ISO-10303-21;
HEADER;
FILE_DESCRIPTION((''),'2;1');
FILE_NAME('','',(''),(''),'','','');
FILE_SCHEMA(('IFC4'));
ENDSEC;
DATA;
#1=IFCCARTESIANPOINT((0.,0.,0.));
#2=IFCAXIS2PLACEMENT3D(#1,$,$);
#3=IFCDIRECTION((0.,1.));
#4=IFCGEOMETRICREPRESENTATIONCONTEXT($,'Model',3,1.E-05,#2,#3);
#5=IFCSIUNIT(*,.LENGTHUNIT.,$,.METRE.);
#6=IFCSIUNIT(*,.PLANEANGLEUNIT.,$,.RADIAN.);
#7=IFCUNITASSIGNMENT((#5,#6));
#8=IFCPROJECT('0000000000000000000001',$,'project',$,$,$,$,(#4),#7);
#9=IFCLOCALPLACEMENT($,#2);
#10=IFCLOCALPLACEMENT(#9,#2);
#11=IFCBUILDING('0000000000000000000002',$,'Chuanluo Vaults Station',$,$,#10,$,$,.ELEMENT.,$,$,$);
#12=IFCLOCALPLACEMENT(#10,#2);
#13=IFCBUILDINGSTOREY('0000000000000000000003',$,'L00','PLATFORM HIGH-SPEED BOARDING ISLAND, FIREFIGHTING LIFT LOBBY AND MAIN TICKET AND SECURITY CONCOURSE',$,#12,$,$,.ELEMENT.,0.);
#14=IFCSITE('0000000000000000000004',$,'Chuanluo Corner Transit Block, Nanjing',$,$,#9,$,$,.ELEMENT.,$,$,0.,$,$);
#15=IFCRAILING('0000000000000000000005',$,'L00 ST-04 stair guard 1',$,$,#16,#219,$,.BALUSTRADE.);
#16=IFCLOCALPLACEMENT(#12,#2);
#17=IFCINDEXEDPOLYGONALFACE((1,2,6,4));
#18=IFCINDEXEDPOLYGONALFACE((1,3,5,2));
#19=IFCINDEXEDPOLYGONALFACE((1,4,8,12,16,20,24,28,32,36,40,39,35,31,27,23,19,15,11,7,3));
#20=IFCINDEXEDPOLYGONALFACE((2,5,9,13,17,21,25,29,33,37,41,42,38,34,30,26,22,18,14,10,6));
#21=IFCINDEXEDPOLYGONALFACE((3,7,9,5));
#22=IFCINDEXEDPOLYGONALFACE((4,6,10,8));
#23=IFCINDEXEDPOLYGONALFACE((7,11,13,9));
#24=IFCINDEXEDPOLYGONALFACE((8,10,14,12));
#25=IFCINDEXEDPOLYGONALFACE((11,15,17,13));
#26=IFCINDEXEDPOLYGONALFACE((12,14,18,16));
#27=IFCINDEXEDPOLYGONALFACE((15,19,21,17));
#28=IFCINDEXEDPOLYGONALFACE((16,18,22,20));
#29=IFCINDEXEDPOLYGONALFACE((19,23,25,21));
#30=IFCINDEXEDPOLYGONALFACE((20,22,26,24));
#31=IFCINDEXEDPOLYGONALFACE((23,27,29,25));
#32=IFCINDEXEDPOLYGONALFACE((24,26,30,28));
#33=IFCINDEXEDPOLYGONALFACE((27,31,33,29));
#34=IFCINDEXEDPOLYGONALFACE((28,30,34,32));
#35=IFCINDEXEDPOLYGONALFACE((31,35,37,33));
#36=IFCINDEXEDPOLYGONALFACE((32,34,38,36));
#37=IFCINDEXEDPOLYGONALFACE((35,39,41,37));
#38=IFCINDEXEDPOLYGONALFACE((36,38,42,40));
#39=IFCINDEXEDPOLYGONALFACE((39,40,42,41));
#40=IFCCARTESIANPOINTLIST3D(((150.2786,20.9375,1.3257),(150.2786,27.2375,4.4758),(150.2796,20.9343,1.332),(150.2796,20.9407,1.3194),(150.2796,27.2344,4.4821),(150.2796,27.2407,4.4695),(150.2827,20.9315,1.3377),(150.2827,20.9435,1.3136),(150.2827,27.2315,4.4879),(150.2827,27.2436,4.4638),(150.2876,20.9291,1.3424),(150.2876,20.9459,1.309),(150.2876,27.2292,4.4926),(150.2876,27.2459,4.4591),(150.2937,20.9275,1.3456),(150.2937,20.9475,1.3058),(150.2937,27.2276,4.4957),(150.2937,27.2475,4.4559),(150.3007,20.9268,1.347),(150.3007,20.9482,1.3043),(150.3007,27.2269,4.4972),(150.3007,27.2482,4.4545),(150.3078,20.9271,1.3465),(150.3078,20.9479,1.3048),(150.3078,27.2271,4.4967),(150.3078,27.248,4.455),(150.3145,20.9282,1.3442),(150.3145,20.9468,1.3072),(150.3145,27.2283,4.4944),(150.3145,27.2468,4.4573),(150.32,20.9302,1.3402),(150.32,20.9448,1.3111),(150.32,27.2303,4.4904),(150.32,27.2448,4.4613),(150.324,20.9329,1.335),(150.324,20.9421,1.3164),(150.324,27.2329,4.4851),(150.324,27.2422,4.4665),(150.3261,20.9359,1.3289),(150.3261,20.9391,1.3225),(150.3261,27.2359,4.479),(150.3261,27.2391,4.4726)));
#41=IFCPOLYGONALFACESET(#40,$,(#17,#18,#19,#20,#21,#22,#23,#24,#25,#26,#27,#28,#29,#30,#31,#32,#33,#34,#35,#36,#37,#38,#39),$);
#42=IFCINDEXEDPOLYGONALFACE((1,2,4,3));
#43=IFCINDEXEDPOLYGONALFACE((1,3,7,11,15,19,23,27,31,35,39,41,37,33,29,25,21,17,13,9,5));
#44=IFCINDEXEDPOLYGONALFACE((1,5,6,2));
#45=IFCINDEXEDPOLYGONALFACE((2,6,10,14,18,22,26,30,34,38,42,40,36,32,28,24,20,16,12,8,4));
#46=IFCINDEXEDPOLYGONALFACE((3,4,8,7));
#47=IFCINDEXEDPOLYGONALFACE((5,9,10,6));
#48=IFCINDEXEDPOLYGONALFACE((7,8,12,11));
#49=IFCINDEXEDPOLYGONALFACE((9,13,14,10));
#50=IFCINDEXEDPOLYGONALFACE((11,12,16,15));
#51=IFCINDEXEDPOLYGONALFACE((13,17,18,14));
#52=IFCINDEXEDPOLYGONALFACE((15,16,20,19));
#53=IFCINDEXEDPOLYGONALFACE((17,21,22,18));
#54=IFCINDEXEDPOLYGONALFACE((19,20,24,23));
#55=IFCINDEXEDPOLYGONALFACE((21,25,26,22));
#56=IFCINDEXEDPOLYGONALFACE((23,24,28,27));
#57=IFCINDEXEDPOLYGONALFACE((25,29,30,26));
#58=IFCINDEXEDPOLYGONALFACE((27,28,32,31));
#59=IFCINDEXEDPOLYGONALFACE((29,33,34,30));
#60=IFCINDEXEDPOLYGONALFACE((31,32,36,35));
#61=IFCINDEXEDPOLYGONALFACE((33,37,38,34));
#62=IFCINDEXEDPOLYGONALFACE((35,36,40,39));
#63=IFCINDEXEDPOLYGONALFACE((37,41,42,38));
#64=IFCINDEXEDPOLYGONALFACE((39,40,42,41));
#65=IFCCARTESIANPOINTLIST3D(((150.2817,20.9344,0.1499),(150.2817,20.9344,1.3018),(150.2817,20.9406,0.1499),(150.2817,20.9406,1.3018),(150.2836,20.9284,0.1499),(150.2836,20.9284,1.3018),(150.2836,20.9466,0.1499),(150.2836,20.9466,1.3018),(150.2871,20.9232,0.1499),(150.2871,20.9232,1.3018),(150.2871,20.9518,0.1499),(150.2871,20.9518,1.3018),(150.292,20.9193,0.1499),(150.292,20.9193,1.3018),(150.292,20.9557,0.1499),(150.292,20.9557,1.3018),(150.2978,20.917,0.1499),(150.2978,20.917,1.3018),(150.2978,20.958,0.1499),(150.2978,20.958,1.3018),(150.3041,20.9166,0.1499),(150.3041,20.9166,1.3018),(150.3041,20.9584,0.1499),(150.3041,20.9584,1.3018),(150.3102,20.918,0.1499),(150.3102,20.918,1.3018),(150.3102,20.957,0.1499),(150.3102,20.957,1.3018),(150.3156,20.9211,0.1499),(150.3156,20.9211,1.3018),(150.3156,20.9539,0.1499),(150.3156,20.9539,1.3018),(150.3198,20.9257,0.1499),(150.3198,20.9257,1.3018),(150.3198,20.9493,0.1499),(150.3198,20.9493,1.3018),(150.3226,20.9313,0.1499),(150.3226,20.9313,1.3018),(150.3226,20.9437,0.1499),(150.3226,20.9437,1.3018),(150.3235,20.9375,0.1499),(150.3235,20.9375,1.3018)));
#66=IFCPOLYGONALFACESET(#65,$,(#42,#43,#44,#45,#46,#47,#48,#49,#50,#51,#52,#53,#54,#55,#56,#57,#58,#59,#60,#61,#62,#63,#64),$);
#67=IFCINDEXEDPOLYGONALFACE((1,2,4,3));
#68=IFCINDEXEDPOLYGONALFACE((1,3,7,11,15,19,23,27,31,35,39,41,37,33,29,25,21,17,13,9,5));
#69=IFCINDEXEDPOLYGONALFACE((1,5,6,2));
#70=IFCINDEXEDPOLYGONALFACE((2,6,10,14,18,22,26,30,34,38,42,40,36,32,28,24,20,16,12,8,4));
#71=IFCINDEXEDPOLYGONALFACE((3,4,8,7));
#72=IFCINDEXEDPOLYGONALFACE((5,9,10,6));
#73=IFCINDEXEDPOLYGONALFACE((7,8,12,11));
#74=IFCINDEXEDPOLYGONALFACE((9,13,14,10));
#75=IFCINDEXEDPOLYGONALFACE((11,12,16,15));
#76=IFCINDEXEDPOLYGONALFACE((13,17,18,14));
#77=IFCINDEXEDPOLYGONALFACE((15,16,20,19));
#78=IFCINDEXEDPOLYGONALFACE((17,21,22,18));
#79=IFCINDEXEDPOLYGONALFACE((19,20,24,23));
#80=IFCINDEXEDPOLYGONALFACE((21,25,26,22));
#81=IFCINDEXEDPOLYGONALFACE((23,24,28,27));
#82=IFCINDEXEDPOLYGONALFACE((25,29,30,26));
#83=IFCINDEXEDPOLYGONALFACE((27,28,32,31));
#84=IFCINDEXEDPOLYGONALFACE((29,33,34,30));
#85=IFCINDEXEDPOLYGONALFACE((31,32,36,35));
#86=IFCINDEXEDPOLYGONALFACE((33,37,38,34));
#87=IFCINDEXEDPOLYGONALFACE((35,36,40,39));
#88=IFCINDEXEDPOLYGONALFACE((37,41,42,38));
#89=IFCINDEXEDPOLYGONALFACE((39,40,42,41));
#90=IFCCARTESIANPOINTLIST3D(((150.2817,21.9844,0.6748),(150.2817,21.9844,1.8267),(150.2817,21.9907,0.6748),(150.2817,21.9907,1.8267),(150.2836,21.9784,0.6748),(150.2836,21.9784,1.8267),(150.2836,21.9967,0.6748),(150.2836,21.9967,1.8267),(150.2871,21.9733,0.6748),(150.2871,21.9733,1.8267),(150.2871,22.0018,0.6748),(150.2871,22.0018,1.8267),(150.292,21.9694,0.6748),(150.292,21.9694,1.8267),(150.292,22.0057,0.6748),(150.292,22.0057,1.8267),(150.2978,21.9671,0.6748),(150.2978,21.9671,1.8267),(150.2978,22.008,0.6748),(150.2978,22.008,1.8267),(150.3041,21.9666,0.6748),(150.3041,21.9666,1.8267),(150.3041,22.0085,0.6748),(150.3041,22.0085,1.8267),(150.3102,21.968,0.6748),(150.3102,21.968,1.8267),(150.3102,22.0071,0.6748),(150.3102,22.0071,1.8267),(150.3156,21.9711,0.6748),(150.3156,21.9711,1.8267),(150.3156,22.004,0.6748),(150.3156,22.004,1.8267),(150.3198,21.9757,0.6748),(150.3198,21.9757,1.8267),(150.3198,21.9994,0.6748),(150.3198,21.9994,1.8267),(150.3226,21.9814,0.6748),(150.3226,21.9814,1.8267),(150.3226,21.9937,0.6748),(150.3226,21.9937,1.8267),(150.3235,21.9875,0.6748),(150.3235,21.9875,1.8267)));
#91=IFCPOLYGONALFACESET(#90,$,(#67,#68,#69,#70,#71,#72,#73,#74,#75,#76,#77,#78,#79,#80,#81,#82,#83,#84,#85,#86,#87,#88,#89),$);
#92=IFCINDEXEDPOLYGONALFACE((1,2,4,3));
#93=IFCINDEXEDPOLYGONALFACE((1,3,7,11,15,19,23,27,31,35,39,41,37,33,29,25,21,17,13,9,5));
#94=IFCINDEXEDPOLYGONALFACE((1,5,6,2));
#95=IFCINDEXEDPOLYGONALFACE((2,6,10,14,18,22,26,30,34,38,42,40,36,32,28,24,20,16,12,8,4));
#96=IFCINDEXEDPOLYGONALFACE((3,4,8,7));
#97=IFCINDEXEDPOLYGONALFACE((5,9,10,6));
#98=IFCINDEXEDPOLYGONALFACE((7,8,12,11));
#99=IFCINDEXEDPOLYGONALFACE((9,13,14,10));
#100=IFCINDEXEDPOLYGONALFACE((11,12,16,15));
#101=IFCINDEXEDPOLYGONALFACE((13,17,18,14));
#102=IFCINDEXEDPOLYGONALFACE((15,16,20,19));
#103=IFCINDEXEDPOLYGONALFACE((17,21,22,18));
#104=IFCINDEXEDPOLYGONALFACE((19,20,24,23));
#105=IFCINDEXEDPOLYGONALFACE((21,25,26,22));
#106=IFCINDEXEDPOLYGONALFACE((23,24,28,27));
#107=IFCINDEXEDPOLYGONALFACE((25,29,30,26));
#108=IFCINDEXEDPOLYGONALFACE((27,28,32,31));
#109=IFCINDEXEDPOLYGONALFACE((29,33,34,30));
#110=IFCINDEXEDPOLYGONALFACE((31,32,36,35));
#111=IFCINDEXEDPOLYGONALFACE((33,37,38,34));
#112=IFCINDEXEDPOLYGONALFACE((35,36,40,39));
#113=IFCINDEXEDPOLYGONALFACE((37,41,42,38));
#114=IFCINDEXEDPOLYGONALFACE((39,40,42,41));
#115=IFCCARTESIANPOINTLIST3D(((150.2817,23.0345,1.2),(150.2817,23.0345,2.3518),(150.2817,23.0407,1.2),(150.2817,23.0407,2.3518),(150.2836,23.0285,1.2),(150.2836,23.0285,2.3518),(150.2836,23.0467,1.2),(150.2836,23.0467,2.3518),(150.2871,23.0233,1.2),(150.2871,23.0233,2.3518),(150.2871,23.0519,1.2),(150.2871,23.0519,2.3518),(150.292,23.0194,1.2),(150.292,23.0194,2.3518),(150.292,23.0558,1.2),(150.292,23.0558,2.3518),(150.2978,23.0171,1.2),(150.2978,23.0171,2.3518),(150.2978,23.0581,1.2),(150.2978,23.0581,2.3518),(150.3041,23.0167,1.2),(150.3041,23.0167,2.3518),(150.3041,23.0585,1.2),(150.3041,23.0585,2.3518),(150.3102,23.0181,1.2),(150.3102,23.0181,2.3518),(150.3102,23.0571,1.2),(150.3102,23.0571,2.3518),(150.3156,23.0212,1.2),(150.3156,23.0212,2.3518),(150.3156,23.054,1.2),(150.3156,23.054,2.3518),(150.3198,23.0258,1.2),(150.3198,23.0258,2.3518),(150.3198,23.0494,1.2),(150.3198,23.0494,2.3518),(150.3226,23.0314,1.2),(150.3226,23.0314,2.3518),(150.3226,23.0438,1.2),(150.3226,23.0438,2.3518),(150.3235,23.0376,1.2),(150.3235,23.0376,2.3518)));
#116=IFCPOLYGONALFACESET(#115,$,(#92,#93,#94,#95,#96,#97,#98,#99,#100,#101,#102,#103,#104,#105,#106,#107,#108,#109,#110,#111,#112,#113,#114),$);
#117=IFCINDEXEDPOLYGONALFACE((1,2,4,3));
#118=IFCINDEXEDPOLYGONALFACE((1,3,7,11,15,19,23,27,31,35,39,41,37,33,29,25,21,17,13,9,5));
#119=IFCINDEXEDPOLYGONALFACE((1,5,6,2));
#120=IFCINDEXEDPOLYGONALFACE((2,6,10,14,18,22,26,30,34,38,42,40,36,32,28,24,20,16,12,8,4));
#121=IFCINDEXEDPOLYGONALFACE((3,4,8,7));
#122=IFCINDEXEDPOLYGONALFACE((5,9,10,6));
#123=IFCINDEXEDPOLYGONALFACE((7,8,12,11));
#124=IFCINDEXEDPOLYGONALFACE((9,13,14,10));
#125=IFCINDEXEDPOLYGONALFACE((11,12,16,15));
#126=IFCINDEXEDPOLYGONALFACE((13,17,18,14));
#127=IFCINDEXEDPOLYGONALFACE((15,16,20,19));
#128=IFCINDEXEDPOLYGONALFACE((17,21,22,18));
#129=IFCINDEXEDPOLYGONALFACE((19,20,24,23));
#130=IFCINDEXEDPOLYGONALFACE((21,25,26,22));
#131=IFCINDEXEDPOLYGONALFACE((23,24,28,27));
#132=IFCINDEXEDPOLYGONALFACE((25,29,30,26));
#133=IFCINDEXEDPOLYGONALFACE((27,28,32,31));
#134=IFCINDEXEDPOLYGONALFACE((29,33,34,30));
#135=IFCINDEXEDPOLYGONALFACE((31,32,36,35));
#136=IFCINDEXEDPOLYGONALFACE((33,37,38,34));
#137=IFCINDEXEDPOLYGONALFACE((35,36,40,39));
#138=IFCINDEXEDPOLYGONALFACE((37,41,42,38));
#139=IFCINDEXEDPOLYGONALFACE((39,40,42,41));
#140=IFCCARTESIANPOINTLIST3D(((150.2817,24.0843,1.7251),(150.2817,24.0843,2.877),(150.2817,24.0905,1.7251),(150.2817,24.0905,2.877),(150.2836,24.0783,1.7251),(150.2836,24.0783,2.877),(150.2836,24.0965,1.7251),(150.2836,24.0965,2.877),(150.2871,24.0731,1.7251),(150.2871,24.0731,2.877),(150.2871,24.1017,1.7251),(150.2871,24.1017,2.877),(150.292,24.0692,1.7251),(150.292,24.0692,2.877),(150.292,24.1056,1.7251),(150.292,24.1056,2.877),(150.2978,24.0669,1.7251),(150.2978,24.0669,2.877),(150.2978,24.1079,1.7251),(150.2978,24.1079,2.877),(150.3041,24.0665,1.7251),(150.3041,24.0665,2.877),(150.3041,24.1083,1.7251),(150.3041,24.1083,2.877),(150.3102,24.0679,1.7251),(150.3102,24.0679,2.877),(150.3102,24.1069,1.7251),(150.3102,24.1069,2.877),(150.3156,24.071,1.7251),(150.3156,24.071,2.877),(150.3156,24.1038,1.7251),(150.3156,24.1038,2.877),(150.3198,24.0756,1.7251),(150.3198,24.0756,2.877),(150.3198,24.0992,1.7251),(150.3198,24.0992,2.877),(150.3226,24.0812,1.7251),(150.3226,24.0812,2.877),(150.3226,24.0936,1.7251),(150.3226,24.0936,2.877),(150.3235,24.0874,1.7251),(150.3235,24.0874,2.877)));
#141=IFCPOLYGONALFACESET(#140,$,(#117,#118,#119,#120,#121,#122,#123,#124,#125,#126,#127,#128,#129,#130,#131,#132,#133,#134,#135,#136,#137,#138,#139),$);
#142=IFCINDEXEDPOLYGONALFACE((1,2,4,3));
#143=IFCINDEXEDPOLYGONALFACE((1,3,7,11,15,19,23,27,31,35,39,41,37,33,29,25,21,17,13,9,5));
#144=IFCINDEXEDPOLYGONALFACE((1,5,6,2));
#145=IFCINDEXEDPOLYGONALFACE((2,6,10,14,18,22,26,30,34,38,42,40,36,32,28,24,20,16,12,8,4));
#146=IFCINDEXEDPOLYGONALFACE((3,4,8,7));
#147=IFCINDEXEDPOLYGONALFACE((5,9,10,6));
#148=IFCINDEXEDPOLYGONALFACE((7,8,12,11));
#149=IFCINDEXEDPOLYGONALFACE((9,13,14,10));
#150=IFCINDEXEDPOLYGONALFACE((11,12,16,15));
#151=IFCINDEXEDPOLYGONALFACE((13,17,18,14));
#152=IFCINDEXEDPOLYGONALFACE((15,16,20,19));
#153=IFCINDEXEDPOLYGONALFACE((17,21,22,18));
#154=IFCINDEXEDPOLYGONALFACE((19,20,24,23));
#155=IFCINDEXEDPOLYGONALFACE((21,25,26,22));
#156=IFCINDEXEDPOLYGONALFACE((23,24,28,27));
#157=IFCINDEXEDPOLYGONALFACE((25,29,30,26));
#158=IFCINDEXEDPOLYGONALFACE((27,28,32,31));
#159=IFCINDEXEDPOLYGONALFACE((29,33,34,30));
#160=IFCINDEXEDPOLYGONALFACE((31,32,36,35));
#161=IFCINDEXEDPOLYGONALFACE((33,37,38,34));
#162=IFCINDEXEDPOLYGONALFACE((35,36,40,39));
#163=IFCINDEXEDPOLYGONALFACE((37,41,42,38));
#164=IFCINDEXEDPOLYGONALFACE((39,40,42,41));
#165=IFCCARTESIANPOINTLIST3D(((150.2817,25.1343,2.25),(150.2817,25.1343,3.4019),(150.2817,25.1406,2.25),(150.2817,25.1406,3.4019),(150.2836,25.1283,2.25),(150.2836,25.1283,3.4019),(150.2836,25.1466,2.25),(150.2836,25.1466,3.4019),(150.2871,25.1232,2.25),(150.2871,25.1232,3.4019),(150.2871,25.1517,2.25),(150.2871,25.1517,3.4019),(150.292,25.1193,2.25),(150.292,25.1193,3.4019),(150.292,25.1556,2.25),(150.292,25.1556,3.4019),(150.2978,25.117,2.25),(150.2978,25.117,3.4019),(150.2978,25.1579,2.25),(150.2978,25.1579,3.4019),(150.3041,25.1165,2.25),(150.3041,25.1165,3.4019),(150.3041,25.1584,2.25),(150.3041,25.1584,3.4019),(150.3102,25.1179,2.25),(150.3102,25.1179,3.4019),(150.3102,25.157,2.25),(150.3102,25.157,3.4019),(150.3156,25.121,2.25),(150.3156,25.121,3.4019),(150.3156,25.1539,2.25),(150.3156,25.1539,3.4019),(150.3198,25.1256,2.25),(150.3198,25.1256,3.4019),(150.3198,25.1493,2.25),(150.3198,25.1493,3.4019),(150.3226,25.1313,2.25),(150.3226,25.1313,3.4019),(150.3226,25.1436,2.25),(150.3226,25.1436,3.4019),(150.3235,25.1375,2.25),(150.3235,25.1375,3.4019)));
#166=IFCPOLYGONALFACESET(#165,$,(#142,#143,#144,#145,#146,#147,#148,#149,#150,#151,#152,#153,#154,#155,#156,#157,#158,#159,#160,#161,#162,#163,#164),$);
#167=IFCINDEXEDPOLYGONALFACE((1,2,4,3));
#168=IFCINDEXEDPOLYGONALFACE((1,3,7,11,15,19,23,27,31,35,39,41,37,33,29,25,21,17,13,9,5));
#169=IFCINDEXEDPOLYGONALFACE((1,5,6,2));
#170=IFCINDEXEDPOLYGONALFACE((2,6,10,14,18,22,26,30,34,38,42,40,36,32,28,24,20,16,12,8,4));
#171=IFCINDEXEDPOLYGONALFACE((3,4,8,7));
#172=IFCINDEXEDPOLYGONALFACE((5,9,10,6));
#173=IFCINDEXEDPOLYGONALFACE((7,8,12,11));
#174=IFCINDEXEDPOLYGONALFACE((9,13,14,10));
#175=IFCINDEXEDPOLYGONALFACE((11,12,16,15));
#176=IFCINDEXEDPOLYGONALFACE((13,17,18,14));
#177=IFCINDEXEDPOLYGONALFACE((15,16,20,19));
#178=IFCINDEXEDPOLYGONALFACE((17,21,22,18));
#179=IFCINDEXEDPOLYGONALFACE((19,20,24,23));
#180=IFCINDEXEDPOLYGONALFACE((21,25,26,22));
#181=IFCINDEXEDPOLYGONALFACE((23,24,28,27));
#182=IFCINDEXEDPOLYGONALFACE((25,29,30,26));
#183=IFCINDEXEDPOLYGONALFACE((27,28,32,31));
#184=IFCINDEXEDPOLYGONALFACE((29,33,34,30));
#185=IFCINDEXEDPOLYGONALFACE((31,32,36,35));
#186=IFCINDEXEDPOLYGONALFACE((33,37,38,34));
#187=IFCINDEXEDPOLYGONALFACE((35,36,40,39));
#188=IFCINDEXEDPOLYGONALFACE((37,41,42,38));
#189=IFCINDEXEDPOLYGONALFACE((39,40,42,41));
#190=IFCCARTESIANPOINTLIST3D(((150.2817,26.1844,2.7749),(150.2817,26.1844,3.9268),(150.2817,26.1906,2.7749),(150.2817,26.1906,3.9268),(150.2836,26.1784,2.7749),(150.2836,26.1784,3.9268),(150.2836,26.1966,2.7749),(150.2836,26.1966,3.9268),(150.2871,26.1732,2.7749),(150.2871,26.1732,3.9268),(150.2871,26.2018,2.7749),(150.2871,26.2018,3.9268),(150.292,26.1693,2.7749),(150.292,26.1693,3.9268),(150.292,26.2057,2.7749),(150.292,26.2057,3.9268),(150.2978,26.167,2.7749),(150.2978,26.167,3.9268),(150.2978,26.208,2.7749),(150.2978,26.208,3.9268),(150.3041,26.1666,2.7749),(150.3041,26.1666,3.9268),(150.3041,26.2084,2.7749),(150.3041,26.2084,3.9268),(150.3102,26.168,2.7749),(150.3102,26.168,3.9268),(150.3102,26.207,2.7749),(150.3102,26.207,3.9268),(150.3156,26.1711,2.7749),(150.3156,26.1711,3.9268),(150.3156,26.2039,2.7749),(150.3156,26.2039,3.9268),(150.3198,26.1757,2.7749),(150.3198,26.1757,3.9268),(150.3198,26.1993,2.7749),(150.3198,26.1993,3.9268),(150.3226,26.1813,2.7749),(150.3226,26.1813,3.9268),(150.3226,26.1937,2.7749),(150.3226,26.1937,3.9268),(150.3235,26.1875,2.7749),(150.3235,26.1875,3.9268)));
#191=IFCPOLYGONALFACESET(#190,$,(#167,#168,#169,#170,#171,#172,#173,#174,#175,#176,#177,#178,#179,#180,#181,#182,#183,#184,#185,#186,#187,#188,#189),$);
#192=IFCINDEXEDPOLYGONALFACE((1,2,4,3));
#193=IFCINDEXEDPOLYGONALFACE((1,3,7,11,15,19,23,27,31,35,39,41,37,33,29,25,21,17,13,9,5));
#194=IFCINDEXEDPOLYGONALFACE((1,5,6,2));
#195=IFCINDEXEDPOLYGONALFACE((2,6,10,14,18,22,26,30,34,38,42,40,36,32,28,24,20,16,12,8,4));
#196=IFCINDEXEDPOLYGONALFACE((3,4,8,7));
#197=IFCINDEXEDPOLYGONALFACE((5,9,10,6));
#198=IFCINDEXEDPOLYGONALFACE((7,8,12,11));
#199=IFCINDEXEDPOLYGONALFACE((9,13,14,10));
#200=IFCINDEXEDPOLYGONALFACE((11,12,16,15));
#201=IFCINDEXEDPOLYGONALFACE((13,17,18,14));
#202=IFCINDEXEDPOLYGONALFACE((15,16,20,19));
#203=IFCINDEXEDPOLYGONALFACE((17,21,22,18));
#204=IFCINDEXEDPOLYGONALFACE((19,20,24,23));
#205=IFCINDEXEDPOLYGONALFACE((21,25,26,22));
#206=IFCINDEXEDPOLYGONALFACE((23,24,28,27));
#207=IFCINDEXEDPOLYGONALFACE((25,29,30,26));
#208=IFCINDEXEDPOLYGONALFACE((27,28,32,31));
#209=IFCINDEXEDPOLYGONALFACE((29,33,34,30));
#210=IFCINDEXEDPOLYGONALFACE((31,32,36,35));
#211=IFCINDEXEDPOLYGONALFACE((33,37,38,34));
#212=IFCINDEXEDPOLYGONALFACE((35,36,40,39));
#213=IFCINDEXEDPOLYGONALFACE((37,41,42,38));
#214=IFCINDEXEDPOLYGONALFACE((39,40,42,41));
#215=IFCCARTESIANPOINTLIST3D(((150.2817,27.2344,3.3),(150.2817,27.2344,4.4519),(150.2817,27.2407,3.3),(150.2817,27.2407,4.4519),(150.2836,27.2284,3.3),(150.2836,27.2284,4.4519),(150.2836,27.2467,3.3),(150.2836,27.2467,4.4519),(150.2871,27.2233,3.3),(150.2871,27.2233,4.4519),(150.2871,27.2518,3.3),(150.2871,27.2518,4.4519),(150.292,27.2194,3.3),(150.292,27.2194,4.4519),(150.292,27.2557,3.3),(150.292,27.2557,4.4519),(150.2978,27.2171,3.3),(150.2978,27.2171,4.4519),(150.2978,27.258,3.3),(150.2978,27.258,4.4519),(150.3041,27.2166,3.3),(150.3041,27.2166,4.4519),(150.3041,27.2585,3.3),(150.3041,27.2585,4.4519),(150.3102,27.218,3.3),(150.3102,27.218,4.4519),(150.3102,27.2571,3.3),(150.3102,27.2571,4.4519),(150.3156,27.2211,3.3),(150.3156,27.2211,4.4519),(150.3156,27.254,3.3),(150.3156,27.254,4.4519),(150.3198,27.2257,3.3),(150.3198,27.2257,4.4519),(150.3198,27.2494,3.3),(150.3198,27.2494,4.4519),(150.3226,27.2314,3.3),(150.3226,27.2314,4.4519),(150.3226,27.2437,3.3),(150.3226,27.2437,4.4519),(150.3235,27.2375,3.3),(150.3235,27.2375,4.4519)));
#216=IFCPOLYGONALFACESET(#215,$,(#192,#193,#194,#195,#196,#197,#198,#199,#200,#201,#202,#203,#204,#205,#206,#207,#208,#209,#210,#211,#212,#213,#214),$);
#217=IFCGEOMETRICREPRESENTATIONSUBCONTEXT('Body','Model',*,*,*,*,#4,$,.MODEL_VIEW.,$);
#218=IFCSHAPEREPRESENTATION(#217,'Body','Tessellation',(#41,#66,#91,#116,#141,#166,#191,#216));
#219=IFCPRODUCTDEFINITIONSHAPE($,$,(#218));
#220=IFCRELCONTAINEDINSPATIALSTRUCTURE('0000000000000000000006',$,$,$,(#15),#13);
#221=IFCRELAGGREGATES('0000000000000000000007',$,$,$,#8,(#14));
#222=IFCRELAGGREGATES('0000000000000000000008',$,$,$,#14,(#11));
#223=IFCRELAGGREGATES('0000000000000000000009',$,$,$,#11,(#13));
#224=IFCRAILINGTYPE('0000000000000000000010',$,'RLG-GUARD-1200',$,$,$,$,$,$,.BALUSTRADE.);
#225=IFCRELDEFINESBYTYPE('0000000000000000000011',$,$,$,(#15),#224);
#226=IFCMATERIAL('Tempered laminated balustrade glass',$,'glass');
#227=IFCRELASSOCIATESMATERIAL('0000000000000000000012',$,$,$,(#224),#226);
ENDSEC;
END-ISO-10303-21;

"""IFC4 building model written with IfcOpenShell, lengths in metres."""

from ifc_helpers import new_model, si_unit, direction, frame, origin, origin_2d, place, context, subcontext, project, spatial, circle, extrude, material, type_object, element, save


model = new_model("IFC4")

# Units and contexts
model_context = context("Model", 3, precision=1e-05, world=origin(), true_north=direction((0.0, 1.0)))
body_context = subcontext(model_context, "Body", "Model", "MODEL_VIEW")
ifc_project = project(units=[si_unit("LENGTHUNIT", "METRE"), si_unit("PLANEANGLEUNIT", "RADIAN")], contexts=[model_context])

# Site, building, storey
site_placement = place(None, origin())
site = spatial("IfcSite", under=ifc_project, at=site_placement, Name="Chuanluo Corner Transit Block, Nanjing", CompositionType="ELEMENT", RefElevation=0.0)
building_placement = place(site_placement, origin())
building = spatial("IfcBuilding", under=site, at=building_placement, Name="Chuanluo Vaults Station", CompositionType="ELEMENT")
storey_placement = place(building_placement, origin())
storey = spatial("IfcBuildingStorey", under=building, at=storey_placement, Name="L00", Description="PLATFORM HIGH-SPEED BOARDING ISLAND, FIREFIGHTING LIFT LOBBY AND MAIN TICKET AND SECURITY CONCOURSE", CompositionType="ELEMENT", Elevation=0.0)

# Railing
ifc_material_1 = material(Name="Tempered laminated balustrade glass", Category="glass")
railing_type_1 = type_object("IfcRailingType", Name="RLG-GUARD-1200", PredefinedType="BALUSTRADE", material=ifc_material_1)
railing_1_placement = place(storey_placement, frame((150.3025, 20.9375, 0.1499)))
element("IfcRailing", 1, at=railing_1_placement, inside=storey, type_object=railing_type_1, Name="L00 ST-04 stair guard 1", PredefinedType="BALUSTRADE", context=body_context, shape_type="SweptSolid", body=[
    extrude(circle(Radius=0.0239, at=origin_2d()), frame((0.0, 0.0, 1.1758), z_axis=(0.0, 0.89442, 0.447227), x_axis=(-1.0, 0.0, 0.0)), (0.0, 0.0, 1.0), 7.0437),
    extrude(circle(Radius=0.021, at=origin_2d()), origin(), (0.0, 0.0, 1.0), 1.1519),
    extrude(circle(Radius=0.021, at=origin_2d()), frame((0.0, 1.05, 0.5249)), (0.0, 0.0, 1.0), 1.1519),
    extrude(circle(Radius=0.021, at=origin_2d()), frame((0.0, 2.1001, 1.05)), (0.0, 0.0, 1.0), 1.1519),
    extrude(circle(Radius=0.021, at=origin_2d()), frame((0.0, 3.1499, 1.5752)), (0.0, 0.0, 1.0), 1.1519),
    extrude(circle(Radius=0.021, at=origin_2d()), frame((0.0, 4.2, 2.1001)), (0.0, 0.0, 1.0), 1.1519),
    extrude(circle(Radius=0.021, at=origin_2d()), frame((0.0, 5.25, 2.625)), (0.0, 0.0, 1.0), 1.1519),
    extrude(circle(Radius=0.021, at=origin_2d()), frame((0.0, 6.3, 3.1501)), (0.0, 0.0, 1.0), 1.1519),
])

save(model, "model.ifc")
